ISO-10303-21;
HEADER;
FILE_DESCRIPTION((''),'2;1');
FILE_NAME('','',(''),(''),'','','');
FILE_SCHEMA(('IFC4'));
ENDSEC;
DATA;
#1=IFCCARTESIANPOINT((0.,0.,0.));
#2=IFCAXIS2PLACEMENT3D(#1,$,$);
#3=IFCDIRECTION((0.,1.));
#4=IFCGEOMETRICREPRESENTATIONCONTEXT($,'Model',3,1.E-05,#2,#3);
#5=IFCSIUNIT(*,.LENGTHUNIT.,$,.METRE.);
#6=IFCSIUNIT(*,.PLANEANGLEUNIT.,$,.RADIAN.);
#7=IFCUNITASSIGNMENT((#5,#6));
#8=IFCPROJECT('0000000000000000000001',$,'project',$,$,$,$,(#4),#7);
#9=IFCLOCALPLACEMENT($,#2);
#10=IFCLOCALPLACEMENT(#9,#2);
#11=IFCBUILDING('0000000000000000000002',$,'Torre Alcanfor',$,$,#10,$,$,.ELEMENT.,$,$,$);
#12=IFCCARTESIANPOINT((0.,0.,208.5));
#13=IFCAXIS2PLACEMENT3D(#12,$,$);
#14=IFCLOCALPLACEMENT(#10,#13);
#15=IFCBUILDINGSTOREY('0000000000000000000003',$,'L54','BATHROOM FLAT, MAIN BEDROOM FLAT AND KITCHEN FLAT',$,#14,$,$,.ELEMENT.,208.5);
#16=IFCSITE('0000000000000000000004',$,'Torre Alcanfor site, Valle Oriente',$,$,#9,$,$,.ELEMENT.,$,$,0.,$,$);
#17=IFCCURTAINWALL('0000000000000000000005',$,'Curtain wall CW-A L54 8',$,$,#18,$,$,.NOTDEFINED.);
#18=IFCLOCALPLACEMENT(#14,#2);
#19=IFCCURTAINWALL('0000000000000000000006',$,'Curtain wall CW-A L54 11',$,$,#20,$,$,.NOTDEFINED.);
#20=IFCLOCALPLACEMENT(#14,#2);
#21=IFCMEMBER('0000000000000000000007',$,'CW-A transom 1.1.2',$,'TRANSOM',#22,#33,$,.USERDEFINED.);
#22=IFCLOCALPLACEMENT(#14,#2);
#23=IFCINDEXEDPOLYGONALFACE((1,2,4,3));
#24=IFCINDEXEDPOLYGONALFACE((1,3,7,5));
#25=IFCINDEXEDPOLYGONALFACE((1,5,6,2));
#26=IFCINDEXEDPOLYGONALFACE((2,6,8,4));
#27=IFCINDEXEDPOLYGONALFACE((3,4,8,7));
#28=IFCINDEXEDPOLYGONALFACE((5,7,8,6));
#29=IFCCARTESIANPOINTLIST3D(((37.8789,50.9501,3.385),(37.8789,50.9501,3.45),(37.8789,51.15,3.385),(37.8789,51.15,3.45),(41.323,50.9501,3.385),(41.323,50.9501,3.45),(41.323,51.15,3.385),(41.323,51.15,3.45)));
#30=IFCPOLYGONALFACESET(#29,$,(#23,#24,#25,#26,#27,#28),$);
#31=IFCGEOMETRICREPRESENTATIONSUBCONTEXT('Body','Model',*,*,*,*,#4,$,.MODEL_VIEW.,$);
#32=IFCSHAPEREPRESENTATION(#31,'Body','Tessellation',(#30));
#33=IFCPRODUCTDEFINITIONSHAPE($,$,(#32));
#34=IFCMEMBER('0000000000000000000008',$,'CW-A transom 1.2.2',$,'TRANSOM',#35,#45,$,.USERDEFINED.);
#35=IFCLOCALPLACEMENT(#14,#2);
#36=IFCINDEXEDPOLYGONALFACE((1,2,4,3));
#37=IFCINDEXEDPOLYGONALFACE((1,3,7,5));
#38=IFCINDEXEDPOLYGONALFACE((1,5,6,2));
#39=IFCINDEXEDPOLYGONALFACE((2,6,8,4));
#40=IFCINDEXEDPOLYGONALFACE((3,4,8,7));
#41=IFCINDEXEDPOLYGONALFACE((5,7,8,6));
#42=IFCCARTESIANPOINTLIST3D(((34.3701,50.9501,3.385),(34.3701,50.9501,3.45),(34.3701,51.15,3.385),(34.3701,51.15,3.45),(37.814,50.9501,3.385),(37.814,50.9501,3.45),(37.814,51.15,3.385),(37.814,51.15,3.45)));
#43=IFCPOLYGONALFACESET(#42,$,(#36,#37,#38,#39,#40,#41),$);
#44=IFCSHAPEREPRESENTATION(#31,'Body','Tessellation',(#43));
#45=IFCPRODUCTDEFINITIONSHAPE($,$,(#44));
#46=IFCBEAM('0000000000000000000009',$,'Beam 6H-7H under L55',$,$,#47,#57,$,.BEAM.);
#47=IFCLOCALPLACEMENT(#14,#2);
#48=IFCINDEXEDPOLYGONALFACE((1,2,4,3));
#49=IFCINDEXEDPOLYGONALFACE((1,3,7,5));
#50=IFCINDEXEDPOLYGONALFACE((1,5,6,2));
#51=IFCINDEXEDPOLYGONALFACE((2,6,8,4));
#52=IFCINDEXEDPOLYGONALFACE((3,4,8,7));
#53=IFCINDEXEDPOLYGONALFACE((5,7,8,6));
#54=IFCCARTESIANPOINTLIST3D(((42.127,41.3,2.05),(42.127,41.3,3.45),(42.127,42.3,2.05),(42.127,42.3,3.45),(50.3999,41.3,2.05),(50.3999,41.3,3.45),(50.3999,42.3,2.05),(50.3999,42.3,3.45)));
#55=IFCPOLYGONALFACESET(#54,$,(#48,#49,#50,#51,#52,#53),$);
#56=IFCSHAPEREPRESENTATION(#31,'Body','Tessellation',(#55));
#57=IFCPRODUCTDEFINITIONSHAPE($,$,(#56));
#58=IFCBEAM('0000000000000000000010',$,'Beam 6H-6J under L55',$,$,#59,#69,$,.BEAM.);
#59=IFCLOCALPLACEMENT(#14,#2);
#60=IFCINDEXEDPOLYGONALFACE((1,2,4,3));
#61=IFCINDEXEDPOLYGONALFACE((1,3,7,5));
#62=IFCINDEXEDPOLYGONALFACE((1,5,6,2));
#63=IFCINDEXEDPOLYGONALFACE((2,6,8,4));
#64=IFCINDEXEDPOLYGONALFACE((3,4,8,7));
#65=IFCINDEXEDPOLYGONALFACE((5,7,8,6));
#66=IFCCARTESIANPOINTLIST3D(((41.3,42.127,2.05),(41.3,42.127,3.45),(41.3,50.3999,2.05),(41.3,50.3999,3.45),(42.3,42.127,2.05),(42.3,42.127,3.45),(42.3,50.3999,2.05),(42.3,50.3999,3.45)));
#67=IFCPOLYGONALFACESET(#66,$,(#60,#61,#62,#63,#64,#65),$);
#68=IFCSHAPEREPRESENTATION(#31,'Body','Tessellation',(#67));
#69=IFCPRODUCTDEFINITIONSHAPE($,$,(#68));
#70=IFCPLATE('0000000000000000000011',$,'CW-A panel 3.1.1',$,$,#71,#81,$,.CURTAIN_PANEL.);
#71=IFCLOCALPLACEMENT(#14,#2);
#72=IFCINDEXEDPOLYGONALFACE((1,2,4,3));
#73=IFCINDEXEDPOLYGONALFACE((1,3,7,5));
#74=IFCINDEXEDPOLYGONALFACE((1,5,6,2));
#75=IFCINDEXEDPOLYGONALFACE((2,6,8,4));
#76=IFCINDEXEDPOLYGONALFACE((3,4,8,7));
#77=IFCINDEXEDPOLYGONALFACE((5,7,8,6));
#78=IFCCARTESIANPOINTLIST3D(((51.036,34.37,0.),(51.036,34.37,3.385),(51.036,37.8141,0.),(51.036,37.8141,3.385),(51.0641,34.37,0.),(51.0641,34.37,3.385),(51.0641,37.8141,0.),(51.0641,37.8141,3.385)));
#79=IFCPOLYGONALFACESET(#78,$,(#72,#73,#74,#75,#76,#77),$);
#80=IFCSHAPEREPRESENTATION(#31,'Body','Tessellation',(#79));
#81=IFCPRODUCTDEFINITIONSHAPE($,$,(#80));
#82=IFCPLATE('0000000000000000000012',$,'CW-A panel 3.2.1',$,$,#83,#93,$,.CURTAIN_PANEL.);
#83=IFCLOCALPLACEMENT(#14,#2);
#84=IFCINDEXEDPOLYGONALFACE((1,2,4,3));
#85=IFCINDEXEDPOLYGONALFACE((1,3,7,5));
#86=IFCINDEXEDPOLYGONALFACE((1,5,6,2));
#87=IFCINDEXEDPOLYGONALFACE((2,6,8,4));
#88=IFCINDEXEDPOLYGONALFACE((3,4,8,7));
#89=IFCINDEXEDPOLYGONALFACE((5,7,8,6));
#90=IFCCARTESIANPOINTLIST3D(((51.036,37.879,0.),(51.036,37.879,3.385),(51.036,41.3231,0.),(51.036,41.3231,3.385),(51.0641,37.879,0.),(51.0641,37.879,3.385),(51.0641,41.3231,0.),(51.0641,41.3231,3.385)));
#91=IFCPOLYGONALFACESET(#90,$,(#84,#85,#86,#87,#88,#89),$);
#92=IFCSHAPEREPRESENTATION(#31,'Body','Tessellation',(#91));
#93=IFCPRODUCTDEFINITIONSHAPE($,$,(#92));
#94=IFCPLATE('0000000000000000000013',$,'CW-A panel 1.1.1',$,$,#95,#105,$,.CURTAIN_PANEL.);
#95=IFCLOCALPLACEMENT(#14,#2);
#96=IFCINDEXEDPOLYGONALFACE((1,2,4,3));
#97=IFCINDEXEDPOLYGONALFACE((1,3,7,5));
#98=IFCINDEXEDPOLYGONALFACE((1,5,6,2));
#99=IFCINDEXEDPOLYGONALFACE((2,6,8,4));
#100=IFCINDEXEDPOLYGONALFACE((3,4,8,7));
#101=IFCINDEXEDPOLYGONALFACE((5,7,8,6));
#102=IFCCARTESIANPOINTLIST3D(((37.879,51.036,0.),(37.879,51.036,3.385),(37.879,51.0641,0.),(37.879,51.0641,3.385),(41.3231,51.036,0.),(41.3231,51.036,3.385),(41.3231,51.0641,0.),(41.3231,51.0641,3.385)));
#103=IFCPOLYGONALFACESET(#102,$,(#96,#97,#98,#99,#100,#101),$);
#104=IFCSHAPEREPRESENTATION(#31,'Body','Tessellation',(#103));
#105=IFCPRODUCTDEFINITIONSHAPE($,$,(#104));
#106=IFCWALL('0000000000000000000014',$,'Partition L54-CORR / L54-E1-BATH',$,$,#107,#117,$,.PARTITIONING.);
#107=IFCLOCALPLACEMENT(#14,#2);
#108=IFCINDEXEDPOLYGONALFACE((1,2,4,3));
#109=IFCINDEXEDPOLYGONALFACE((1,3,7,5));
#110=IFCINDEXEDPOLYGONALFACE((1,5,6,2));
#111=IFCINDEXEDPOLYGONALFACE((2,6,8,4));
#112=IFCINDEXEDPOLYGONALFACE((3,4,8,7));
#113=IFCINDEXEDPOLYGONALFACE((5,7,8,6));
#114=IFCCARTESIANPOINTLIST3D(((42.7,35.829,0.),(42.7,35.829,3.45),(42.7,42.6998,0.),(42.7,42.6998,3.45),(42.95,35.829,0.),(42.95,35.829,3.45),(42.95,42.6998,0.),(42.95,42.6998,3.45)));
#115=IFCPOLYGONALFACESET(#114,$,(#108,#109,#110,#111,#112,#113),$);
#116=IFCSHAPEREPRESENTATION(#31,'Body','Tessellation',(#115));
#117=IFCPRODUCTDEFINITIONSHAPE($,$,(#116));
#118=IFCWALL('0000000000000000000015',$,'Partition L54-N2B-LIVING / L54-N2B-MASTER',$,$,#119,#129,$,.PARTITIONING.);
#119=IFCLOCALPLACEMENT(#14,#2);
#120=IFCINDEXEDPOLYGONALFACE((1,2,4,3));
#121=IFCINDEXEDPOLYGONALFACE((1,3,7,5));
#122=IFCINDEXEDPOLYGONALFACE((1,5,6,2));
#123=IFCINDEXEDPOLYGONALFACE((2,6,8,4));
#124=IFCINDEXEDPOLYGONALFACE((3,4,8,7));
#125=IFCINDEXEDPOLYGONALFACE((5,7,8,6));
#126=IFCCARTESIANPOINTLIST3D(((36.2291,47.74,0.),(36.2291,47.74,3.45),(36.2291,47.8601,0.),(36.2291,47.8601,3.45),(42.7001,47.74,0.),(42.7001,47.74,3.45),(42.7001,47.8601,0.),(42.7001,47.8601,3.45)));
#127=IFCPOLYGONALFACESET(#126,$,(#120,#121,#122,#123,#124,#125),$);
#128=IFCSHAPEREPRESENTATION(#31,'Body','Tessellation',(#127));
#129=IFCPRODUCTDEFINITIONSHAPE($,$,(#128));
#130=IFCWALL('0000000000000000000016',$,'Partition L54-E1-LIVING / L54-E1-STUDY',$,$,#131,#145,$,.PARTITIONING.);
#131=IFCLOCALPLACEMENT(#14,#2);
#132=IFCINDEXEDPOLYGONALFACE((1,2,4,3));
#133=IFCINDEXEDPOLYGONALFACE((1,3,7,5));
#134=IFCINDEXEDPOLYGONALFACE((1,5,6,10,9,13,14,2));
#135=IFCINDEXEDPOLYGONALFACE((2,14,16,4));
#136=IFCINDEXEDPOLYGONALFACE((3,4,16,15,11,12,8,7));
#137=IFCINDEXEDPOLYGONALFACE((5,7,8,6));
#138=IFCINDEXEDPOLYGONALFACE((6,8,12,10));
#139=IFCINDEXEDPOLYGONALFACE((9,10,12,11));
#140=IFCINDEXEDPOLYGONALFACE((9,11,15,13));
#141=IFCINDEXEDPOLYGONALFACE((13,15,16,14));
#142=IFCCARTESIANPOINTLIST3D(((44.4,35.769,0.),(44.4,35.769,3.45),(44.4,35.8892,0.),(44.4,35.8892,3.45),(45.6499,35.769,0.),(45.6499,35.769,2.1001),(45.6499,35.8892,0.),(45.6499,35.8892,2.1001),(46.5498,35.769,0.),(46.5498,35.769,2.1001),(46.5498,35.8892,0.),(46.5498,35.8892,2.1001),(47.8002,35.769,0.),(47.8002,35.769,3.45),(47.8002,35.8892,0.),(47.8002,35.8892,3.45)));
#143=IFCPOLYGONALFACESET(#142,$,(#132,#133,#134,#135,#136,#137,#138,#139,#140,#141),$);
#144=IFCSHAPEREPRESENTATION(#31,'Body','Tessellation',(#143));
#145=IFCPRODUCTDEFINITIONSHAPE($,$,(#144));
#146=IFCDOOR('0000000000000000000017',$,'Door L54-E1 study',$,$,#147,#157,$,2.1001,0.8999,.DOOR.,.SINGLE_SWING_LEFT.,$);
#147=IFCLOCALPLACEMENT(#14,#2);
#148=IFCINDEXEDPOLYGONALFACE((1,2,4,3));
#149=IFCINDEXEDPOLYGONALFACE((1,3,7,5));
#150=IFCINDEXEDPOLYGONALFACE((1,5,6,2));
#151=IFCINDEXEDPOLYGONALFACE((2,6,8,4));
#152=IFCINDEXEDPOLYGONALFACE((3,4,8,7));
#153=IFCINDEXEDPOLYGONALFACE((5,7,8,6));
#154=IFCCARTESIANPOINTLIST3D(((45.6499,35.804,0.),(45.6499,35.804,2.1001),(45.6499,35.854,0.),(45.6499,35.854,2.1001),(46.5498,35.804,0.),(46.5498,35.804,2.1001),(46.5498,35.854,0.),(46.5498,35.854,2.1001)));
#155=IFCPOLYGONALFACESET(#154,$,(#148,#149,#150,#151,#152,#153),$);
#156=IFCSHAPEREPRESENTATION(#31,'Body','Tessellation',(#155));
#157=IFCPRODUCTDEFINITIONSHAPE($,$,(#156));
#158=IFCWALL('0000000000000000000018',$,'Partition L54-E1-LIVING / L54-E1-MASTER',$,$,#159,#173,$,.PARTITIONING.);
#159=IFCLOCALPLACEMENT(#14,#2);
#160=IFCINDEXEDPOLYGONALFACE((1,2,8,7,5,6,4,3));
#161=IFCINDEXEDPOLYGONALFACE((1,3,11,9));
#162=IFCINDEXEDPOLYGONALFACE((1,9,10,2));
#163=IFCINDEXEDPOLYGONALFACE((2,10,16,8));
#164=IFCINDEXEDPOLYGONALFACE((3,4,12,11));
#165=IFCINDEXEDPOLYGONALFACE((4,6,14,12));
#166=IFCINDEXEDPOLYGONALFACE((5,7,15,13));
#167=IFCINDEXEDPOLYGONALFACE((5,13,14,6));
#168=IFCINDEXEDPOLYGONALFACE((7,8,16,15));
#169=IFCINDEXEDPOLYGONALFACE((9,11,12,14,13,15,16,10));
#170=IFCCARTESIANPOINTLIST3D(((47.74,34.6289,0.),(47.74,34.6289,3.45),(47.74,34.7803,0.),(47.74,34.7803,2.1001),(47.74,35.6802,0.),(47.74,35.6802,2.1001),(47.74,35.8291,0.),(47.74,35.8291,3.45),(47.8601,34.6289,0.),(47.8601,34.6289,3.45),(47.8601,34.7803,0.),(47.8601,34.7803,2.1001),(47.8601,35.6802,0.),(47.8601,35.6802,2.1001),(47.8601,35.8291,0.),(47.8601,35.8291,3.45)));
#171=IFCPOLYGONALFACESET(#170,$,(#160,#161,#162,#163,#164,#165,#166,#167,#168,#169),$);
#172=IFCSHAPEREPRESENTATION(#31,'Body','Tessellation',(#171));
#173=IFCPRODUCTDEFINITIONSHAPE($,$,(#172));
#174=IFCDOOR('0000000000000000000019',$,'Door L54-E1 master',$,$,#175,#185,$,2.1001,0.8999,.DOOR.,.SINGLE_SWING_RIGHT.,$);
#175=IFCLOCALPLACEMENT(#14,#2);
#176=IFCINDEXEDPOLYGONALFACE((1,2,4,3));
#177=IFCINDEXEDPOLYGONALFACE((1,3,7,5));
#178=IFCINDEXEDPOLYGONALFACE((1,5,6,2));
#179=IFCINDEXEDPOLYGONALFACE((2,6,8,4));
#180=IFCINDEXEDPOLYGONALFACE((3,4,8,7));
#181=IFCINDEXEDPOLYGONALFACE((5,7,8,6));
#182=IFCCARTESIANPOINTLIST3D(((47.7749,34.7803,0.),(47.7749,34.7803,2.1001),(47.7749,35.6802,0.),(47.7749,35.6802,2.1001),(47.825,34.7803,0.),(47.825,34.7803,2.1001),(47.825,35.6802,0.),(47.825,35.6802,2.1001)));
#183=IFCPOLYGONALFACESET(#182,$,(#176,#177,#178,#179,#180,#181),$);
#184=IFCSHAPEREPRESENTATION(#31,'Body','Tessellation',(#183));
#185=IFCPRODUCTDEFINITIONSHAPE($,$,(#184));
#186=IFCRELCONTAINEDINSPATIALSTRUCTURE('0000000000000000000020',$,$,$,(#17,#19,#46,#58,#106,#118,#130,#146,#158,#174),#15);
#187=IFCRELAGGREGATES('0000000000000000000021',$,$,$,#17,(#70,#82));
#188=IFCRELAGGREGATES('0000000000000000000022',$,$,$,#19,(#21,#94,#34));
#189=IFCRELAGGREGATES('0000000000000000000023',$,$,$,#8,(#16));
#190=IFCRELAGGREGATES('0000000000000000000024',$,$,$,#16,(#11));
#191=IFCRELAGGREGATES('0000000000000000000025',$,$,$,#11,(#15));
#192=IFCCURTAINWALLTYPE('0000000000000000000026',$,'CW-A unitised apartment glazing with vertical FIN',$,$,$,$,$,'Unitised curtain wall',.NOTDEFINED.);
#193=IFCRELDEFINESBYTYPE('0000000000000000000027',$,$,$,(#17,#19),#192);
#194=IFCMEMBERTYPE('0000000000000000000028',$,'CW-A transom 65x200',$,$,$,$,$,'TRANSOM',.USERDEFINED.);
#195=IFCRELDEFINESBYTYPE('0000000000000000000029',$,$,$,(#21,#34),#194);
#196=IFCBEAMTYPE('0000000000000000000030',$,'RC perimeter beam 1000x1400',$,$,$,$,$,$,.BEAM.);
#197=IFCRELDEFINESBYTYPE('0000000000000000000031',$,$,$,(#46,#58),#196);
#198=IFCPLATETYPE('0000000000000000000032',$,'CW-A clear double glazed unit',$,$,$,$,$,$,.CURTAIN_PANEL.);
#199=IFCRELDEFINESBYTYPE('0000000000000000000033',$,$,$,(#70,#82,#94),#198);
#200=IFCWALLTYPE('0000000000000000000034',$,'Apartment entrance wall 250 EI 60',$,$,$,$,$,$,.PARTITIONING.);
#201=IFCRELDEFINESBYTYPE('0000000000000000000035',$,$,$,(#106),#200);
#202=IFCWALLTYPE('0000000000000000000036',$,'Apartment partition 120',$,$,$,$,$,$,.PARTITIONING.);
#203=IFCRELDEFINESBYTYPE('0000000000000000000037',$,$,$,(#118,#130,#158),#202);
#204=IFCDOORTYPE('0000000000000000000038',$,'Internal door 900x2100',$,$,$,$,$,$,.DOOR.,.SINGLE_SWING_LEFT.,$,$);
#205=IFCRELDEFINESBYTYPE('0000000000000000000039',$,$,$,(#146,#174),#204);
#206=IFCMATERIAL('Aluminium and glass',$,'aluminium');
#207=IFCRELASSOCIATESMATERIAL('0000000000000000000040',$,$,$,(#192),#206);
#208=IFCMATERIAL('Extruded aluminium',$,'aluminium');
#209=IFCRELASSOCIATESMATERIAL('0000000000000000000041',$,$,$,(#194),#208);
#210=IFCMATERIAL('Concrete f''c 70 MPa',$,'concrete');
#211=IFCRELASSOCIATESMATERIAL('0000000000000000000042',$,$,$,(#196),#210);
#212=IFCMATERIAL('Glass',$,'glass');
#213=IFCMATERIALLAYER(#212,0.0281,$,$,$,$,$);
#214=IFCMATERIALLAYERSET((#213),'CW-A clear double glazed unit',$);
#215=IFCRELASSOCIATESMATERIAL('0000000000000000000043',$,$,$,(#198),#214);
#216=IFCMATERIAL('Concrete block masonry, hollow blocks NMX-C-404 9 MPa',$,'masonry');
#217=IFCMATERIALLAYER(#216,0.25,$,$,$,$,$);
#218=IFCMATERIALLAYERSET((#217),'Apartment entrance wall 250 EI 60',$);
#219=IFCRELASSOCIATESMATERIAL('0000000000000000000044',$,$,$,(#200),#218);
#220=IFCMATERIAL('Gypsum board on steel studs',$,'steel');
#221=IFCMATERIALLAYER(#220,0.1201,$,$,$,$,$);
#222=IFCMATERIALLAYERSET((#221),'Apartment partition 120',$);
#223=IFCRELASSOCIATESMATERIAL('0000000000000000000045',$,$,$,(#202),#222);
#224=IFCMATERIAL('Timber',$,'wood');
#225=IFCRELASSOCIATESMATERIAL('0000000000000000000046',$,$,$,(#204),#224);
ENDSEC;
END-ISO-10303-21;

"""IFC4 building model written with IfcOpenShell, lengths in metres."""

from ifc_helpers import new_model, si_unit, direction, frame, frame_2d, origin, origin_2d, place, context, subcontext, project, spatial, rectangle, extrude, material, layer, layer_set, material_profile, profile_set, type_object, element, fill, aggregate, save


model = new_model("IFC4")

# Units and contexts
model_context = context("Model", 3, precision=1e-05, world=origin(), true_north=direction((0.0, 1.0)))
body_context = subcontext(model_context, "Body", "Model", "MODEL_VIEW")
ifc_project = project(units=[si_unit("LENGTHUNIT", "METRE"), si_unit("PLANEANGLEUNIT", "RADIAN")], contexts=[model_context])

# Site, building, storey
site_placement = place(None, origin())
site = spatial("IfcSite", under=ifc_project, at=site_placement, Name="Torre Alcanfor site, Valle Oriente", CompositionType="ELEMENT", RefElevation=0.0)
building_placement = place(site_placement, origin())
building = spatial("IfcBuilding", under=site, at=building_placement, Name="Torre Alcanfor", CompositionType="ELEMENT")
storey_placement = place(building_placement, frame((0.0, 0.0, 208.5)))
storey = spatial("IfcBuildingStorey", under=building, at=storey_placement, Name="L54", Description="BATHROOM FLAT, MAIN BEDROOM FLAT AND KITCHEN FLAT", CompositionType="ELEMENT", Elevation=208.5)

# Curtain walls
ifc_material_1 = material(Name="Aluminium and glass", Category="aluminium")
curtain_wall_type = type_object("IfcCurtainWallType", Name="CW-A unitised apartment glazing with vertical FIN", ElementType="Unitised curtain wall", PredefinedType="NOTDEFINED", material=ifc_material_1)
curtain_wall_1_placement = place(storey_placement, origin())
curtain_wall_1 = element("IfcCurtainWall", 1, at=curtain_wall_1_placement, inside=storey, type_object=curtain_wall_type, Name="Curtain wall CW-A L54 8", PredefinedType="NOTDEFINED")
curtain_wall_2_placement = place(storey_placement, origin())
curtain_wall_2 = element("IfcCurtainWall", 2, at=curtain_wall_2_placement, inside=storey, type_object=curtain_wall_type, Name="Curtain wall CW-A L54 11", PredefinedType="NOTDEFINED")

# Members
ifc_material_2 = material(Name="Extruded aluminium", Category="aluminium")
ifc_material_profile_1 = material_profile(ifc_material_2, rectangle(XDim=0.2, YDim=0.0649, at=origin_2d()), Name="CW-A transom 200x65")
ifc_profile_set_1 = profile_set([ifc_material_profile_1], Name="Extruded aluminium")
member_type_1 = type_object("IfcMemberType", Name="CW-A transom 65x200", ElementType="TRANSOM", PredefinedType="USERDEFINED", material=ifc_profile_set_1)
member_1_placement = place(storey_placement, frame((41.323, 51.05, 3.4175), z_axis=(-1.0, 0.0, 0.0), x_axis=(0.0, -1.0, 0.0)))
member_1 = element("IfcMember", 3, at=member_1_placement, type_object=member_type_1, Name="CW-A transom 1.1.2", ObjectType="TRANSOM", PredefinedType="USERDEFINED", context=body_context, shape_type="SweptSolid", body=[
    extrude(rectangle(XDim=0.2, YDim=0.0649, at=origin_2d()), origin(), (0.0, 0.0, 1.0), 3.4441),
])
member_2_placement = place(storey_placement, frame((37.814, 51.05, 3.4175), z_axis=(-1.0, 0.0, 0.0), x_axis=(0.0, -1.0, 0.0)))
member_2 = element("IfcMember", 4, at=member_2_placement, type_object=member_type_1, Name="CW-A transom 1.2.2", ObjectType="TRANSOM", PredefinedType="USERDEFINED", context=body_context, shape_type="SweptSolid", body=[
    extrude(rectangle(XDim=0.2, YDim=0.0649, at=origin_2d()), origin(), (0.0, 0.0, 1.0), 3.4438),
])

# Beams
ifc_material_3 = material(Name="Concrete f'c 70 MPa", Category="concrete")
ifc_material_profile_2 = material_profile(ifc_material_3, rectangle(XDim=1.0, YDim=1.3999, at=origin_2d()), Name="1000x1400")
ifc_profile_set_2 = profile_set([ifc_material_profile_2], Name="Concrete f'c 70 MPa")
beam_type = type_object("IfcBeamType", Name="RC perimeter beam 1000x1400", PredefinedType="BEAM", material=ifc_profile_set_2)
for number, where, z_axis, x_axis, name in (
    (5, (42.127, 41.8, 2.75), (1.0, 0.0, 0.0), (0.0, 1.0, 0.0), "Beam 6H-7H under L55"),
    (6, (41.8, 42.127, 2.75), (0.0, 1.0, 0.0), (-1.0, 0.0, 0.0), "Beam 6H-6J under L55"),
):
    element("IfcBeam", number, at=place(storey_placement, frame(where, z_axis=z_axis, x_axis=x_axis)), inside=storey, type_object=beam_type, Name=name, PredefinedType="BEAM", context=body_context, shape_type="SweptSolid", body=[
        extrude(rectangle(XDim=1.0, YDim=1.3999, at=origin_2d()), origin(), (0.0, 0.0, 1.0), 8.2729),
    ])

# Plates
ifc_material_4 = material(Name="Glass", Category="glass")
ifc_layer_1 = layer(ifc_material_4, 0.0281)
ifc_layer_set_1 = layer_set([ifc_layer_1], Name="CW-A clear double glazed unit")
plate_type = type_object("IfcPlateType", Name="CW-A clear double glazed unit", PredefinedType="CURTAIN_PANEL", material=ifc_layer_set_1)
plate_1_placement = place(storey_placement, frame((51.05, 36.092, 0.0), z_axis=(0.0, 0.0, 1.0), x_axis=(0.0, 1.0, 0.0)))
plate_1 = element("IfcPlate", 7, at=plate_1_placement, type_object=plate_type, Name="CW-A panel 3.1.1", PredefinedType="CURTAIN_PANEL", context=body_context, shape_type="SweptSolid", body=[
    extrude(rectangle(XDim=3.4441, YDim=0.0281, at=origin_2d()), origin(), (0.0, 0.0, 1.0), 3.385),
])
plate_2_placement = place(storey_placement, frame((51.05, 39.6011, 0.0), z_axis=(0.0, 0.0, 1.0), x_axis=(0.0, 1.0, 0.0)))
plate_2 = element("IfcPlate", 8, at=plate_2_placement, type_object=plate_type, Name="CW-A panel 3.2.1", PredefinedType="CURTAIN_PANEL", context=body_context, shape_type="SweptSolid", body=[
    extrude(rectangle(XDim=3.4441, YDim=0.0281, at=origin_2d()), origin(), (0.0, 0.0, 1.0), 3.385),
])
aggregate(curtain_wall_1, [plate_1, plate_2])
plate_3_placement = place(storey_placement, frame((39.6011, 51.05, 0.0), z_axis=(0.0, 0.0, 1.0), x_axis=(-1.0, 0.0, 0.0)))
plate_3 = element("IfcPlate", 9, at=plate_3_placement, type_object=plate_type, Name="CW-A panel 1.1.1", PredefinedType="CURTAIN_PANEL", context=body_context, shape_type="SweptSolid", body=[
    extrude(rectangle(XDim=3.4441, YDim=0.0281, at=origin_2d()), origin(), (0.0, 0.0, 1.0), 3.385),
])
aggregate(curtain_wall_2, [member_1, plate_3, member_2])

# Walls
ifc_material_5 = material(Name="Concrete block masonry, hollow blocks NMX-C-404 9 MPa", Category="masonry")
ifc_layer_2 = layer(ifc_material_5, 0.25)
ifc_layer_set_2 = layer_set([ifc_layer_2], Name="Apartment entrance wall 250 EI 60")
wall_type_1 = type_object("IfcWallType", Name="Apartment entrance wall 250 EI 60", PredefinedType="PARTITIONING", material=ifc_layer_set_2)
wall_1_placement = place(storey_placement, frame((42.825, 42.7, 0.0), z_axis=(0.0, 0.0, 1.0), x_axis=(0.0, -1.0, 0.0)))
element("IfcWall", 10, at=wall_1_placement, inside=storey, type_object=wall_type_1, Name="Partition L54-CORR / L54-E1-BATH", PredefinedType="PARTITIONING", context=body_context, shape_type="SweptSolid", body=[
    extrude(rectangle(XDim=6.8708, YDim=0.25, at=frame_2d((3.4355, 0.0))), origin(), (0.0, 0.0, 1.0), 3.45),
])
ifc_material_6 = material(Name="Gypsum board on steel studs", Category="steel")
ifc_layer_3 = layer(ifc_material_6, 0.1201)
ifc_layer_set_3 = layer_set([ifc_layer_3], Name="Apartment partition 120")
wall_type_2 = type_object("IfcWallType", Name="Apartment partition 120", PredefinedType="PARTITIONING", material=ifc_layer_set_3)
wall_2_placement = place(storey_placement, frame((42.7, 47.8, 0.0), z_axis=(0.0, 0.0, 1.0), x_axis=(-1.0, 0.0, 0.0)))
element("IfcWall", 11, at=wall_2_placement, inside=storey, type_object=wall_type_2, Name="Partition L54-N2B-LIVING / L54-N2B-MASTER", PredefinedType="PARTITIONING", context=body_context, shape_type="SweptSolid", body=[
    extrude(rectangle(XDim=6.4709, YDim=0.1201, at=frame_2d((3.2354, 0.0))), origin(), (0.0, 0.0, 1.0), 3.45),
])

# Walls, openings, doors
wall_3_placement = place(storey_placement, frame((44.3999, 35.8291, 0.0), z_axis=(0.0, 0.0, 1.0), x_axis=(1.0, 0.0, 0.0)))
wall_3 = element("IfcWall", 12, at=wall_3_placement, inside=storey, type_object=wall_type_2, Name="Partition L54-E1-LIVING / L54-E1-STUDY", PredefinedType="PARTITIONING", context=body_context, shape_type="SweptSolid", body=[
    extrude(rectangle(XDim=3.4001, YDim=0.1201, at=frame_2d((1.7002, 0.0))), origin(), (0.0, 0.0, 1.0), 3.45),
])
opening_1_placement = place(wall_3_placement, frame((1.25, 0.0, 0.0)))
opening_1 = element("IfcOpeningElement", 13, at=opening_1_placement, cuts=wall_3, PredefinedType="OPENING", context=body_context, shape_type="SweptSolid", body=[
    extrude(rectangle(XDim=0.8999, YDim=2.1001, at=frame_2d((0.45, 1.05))), frame((0.0, 0.0701, 0.0), z_axis=(0.0, -1.0, 0.0), x_axis=(1.0, 0.0, 0.0)), (0.0, 0.0, 1.0), 0.1401),
])
ifc_material_7 = material(Name="Timber", Category="wood")
door_type = type_object("IfcDoorType", Name="Internal door 900x2100", OperationType="SINGLE_SWING_LEFT", PredefinedType="DOOR", material=ifc_material_7)
door_1_placement = place(opening_1_placement, origin())
door_1 = element("IfcDoor", 14, at=door_1_placement, inside=storey, type_object=door_type, Name="Door L54-E1 study", OperationType="SINGLE_SWING_LEFT", OverallHeight=2.1001, OverallWidth=0.8999, PredefinedType="DOOR", context=body_context, shape_type="SweptSolid", body=[
    extrude(rectangle(XDim=0.8999, YDim=2.1001, at=frame_2d((0.45, 1.05))), frame((0.0, 0.0249, 0.0), z_axis=(0.0, -1.0, 0.0), x_axis=(1.0, 0.0, 0.0)), (0.0, 0.0, 1.0), 0.05),
])
fill(opening_1, door_1)
wall_4_placement = place(storey_placement, frame((47.8, 35.8291, 0.0), z_axis=(0.0, 0.0, 1.0), x_axis=(0.0, -1.0, 0.0)))
wall_4 = element("IfcWall", 15, at=wall_4_placement, inside=storey, type_object=wall_type_2, Name="Partition L54-E1-LIVING / L54-E1-MASTER", PredefinedType="PARTITIONING", context=body_context, shape_type="SweptSolid", body=[
    extrude(rectangle(XDim=1.2002, YDim=0.1201, at=frame_2d((0.6001, 0.0))), origin(), (0.0, 0.0, 1.0), 3.45),
])
opening_2_placement = place(wall_4_placement, frame((0.1489, 0.0, 0.0)))
opening_2 = element("IfcOpeningElement", 16, at=opening_2_placement, cuts=wall_4, PredefinedType="OPENING", context=body_context, shape_type="SweptSolid", body=[
    extrude(rectangle(XDim=0.8999, YDim=2.1001, at=frame_2d((0.45, 1.05))), frame((0.0, 0.0701, 0.0), z_axis=(0.0, -1.0, 0.0), x_axis=(1.0, 0.0, 0.0)), (0.0, 0.0, 1.0), 0.1401),
])
door_2_placement = place(opening_2_placement, origin())
door_2 = element("IfcDoor", 17, at=door_2_placement, inside=storey, type_object=door_type, Name="Door L54-E1 master", OperationType="SINGLE_SWING_RIGHT", OverallHeight=2.1001, OverallWidth=0.8999, PredefinedType="DOOR", context=body_context, shape_type="SweptSolid", body=[
    extrude(rectangle(XDim=0.8999, YDim=2.1001, at=frame_2d((0.45, 1.05))), frame((0.0, 0.0249, 0.0), z_axis=(0.0, -1.0, 0.0), x_axis=(1.0, 0.0, 0.0)), (0.0, 0.0, 1.0), 0.05),
])
fill(opening_2, door_2)

save(model, "model.ifc")
